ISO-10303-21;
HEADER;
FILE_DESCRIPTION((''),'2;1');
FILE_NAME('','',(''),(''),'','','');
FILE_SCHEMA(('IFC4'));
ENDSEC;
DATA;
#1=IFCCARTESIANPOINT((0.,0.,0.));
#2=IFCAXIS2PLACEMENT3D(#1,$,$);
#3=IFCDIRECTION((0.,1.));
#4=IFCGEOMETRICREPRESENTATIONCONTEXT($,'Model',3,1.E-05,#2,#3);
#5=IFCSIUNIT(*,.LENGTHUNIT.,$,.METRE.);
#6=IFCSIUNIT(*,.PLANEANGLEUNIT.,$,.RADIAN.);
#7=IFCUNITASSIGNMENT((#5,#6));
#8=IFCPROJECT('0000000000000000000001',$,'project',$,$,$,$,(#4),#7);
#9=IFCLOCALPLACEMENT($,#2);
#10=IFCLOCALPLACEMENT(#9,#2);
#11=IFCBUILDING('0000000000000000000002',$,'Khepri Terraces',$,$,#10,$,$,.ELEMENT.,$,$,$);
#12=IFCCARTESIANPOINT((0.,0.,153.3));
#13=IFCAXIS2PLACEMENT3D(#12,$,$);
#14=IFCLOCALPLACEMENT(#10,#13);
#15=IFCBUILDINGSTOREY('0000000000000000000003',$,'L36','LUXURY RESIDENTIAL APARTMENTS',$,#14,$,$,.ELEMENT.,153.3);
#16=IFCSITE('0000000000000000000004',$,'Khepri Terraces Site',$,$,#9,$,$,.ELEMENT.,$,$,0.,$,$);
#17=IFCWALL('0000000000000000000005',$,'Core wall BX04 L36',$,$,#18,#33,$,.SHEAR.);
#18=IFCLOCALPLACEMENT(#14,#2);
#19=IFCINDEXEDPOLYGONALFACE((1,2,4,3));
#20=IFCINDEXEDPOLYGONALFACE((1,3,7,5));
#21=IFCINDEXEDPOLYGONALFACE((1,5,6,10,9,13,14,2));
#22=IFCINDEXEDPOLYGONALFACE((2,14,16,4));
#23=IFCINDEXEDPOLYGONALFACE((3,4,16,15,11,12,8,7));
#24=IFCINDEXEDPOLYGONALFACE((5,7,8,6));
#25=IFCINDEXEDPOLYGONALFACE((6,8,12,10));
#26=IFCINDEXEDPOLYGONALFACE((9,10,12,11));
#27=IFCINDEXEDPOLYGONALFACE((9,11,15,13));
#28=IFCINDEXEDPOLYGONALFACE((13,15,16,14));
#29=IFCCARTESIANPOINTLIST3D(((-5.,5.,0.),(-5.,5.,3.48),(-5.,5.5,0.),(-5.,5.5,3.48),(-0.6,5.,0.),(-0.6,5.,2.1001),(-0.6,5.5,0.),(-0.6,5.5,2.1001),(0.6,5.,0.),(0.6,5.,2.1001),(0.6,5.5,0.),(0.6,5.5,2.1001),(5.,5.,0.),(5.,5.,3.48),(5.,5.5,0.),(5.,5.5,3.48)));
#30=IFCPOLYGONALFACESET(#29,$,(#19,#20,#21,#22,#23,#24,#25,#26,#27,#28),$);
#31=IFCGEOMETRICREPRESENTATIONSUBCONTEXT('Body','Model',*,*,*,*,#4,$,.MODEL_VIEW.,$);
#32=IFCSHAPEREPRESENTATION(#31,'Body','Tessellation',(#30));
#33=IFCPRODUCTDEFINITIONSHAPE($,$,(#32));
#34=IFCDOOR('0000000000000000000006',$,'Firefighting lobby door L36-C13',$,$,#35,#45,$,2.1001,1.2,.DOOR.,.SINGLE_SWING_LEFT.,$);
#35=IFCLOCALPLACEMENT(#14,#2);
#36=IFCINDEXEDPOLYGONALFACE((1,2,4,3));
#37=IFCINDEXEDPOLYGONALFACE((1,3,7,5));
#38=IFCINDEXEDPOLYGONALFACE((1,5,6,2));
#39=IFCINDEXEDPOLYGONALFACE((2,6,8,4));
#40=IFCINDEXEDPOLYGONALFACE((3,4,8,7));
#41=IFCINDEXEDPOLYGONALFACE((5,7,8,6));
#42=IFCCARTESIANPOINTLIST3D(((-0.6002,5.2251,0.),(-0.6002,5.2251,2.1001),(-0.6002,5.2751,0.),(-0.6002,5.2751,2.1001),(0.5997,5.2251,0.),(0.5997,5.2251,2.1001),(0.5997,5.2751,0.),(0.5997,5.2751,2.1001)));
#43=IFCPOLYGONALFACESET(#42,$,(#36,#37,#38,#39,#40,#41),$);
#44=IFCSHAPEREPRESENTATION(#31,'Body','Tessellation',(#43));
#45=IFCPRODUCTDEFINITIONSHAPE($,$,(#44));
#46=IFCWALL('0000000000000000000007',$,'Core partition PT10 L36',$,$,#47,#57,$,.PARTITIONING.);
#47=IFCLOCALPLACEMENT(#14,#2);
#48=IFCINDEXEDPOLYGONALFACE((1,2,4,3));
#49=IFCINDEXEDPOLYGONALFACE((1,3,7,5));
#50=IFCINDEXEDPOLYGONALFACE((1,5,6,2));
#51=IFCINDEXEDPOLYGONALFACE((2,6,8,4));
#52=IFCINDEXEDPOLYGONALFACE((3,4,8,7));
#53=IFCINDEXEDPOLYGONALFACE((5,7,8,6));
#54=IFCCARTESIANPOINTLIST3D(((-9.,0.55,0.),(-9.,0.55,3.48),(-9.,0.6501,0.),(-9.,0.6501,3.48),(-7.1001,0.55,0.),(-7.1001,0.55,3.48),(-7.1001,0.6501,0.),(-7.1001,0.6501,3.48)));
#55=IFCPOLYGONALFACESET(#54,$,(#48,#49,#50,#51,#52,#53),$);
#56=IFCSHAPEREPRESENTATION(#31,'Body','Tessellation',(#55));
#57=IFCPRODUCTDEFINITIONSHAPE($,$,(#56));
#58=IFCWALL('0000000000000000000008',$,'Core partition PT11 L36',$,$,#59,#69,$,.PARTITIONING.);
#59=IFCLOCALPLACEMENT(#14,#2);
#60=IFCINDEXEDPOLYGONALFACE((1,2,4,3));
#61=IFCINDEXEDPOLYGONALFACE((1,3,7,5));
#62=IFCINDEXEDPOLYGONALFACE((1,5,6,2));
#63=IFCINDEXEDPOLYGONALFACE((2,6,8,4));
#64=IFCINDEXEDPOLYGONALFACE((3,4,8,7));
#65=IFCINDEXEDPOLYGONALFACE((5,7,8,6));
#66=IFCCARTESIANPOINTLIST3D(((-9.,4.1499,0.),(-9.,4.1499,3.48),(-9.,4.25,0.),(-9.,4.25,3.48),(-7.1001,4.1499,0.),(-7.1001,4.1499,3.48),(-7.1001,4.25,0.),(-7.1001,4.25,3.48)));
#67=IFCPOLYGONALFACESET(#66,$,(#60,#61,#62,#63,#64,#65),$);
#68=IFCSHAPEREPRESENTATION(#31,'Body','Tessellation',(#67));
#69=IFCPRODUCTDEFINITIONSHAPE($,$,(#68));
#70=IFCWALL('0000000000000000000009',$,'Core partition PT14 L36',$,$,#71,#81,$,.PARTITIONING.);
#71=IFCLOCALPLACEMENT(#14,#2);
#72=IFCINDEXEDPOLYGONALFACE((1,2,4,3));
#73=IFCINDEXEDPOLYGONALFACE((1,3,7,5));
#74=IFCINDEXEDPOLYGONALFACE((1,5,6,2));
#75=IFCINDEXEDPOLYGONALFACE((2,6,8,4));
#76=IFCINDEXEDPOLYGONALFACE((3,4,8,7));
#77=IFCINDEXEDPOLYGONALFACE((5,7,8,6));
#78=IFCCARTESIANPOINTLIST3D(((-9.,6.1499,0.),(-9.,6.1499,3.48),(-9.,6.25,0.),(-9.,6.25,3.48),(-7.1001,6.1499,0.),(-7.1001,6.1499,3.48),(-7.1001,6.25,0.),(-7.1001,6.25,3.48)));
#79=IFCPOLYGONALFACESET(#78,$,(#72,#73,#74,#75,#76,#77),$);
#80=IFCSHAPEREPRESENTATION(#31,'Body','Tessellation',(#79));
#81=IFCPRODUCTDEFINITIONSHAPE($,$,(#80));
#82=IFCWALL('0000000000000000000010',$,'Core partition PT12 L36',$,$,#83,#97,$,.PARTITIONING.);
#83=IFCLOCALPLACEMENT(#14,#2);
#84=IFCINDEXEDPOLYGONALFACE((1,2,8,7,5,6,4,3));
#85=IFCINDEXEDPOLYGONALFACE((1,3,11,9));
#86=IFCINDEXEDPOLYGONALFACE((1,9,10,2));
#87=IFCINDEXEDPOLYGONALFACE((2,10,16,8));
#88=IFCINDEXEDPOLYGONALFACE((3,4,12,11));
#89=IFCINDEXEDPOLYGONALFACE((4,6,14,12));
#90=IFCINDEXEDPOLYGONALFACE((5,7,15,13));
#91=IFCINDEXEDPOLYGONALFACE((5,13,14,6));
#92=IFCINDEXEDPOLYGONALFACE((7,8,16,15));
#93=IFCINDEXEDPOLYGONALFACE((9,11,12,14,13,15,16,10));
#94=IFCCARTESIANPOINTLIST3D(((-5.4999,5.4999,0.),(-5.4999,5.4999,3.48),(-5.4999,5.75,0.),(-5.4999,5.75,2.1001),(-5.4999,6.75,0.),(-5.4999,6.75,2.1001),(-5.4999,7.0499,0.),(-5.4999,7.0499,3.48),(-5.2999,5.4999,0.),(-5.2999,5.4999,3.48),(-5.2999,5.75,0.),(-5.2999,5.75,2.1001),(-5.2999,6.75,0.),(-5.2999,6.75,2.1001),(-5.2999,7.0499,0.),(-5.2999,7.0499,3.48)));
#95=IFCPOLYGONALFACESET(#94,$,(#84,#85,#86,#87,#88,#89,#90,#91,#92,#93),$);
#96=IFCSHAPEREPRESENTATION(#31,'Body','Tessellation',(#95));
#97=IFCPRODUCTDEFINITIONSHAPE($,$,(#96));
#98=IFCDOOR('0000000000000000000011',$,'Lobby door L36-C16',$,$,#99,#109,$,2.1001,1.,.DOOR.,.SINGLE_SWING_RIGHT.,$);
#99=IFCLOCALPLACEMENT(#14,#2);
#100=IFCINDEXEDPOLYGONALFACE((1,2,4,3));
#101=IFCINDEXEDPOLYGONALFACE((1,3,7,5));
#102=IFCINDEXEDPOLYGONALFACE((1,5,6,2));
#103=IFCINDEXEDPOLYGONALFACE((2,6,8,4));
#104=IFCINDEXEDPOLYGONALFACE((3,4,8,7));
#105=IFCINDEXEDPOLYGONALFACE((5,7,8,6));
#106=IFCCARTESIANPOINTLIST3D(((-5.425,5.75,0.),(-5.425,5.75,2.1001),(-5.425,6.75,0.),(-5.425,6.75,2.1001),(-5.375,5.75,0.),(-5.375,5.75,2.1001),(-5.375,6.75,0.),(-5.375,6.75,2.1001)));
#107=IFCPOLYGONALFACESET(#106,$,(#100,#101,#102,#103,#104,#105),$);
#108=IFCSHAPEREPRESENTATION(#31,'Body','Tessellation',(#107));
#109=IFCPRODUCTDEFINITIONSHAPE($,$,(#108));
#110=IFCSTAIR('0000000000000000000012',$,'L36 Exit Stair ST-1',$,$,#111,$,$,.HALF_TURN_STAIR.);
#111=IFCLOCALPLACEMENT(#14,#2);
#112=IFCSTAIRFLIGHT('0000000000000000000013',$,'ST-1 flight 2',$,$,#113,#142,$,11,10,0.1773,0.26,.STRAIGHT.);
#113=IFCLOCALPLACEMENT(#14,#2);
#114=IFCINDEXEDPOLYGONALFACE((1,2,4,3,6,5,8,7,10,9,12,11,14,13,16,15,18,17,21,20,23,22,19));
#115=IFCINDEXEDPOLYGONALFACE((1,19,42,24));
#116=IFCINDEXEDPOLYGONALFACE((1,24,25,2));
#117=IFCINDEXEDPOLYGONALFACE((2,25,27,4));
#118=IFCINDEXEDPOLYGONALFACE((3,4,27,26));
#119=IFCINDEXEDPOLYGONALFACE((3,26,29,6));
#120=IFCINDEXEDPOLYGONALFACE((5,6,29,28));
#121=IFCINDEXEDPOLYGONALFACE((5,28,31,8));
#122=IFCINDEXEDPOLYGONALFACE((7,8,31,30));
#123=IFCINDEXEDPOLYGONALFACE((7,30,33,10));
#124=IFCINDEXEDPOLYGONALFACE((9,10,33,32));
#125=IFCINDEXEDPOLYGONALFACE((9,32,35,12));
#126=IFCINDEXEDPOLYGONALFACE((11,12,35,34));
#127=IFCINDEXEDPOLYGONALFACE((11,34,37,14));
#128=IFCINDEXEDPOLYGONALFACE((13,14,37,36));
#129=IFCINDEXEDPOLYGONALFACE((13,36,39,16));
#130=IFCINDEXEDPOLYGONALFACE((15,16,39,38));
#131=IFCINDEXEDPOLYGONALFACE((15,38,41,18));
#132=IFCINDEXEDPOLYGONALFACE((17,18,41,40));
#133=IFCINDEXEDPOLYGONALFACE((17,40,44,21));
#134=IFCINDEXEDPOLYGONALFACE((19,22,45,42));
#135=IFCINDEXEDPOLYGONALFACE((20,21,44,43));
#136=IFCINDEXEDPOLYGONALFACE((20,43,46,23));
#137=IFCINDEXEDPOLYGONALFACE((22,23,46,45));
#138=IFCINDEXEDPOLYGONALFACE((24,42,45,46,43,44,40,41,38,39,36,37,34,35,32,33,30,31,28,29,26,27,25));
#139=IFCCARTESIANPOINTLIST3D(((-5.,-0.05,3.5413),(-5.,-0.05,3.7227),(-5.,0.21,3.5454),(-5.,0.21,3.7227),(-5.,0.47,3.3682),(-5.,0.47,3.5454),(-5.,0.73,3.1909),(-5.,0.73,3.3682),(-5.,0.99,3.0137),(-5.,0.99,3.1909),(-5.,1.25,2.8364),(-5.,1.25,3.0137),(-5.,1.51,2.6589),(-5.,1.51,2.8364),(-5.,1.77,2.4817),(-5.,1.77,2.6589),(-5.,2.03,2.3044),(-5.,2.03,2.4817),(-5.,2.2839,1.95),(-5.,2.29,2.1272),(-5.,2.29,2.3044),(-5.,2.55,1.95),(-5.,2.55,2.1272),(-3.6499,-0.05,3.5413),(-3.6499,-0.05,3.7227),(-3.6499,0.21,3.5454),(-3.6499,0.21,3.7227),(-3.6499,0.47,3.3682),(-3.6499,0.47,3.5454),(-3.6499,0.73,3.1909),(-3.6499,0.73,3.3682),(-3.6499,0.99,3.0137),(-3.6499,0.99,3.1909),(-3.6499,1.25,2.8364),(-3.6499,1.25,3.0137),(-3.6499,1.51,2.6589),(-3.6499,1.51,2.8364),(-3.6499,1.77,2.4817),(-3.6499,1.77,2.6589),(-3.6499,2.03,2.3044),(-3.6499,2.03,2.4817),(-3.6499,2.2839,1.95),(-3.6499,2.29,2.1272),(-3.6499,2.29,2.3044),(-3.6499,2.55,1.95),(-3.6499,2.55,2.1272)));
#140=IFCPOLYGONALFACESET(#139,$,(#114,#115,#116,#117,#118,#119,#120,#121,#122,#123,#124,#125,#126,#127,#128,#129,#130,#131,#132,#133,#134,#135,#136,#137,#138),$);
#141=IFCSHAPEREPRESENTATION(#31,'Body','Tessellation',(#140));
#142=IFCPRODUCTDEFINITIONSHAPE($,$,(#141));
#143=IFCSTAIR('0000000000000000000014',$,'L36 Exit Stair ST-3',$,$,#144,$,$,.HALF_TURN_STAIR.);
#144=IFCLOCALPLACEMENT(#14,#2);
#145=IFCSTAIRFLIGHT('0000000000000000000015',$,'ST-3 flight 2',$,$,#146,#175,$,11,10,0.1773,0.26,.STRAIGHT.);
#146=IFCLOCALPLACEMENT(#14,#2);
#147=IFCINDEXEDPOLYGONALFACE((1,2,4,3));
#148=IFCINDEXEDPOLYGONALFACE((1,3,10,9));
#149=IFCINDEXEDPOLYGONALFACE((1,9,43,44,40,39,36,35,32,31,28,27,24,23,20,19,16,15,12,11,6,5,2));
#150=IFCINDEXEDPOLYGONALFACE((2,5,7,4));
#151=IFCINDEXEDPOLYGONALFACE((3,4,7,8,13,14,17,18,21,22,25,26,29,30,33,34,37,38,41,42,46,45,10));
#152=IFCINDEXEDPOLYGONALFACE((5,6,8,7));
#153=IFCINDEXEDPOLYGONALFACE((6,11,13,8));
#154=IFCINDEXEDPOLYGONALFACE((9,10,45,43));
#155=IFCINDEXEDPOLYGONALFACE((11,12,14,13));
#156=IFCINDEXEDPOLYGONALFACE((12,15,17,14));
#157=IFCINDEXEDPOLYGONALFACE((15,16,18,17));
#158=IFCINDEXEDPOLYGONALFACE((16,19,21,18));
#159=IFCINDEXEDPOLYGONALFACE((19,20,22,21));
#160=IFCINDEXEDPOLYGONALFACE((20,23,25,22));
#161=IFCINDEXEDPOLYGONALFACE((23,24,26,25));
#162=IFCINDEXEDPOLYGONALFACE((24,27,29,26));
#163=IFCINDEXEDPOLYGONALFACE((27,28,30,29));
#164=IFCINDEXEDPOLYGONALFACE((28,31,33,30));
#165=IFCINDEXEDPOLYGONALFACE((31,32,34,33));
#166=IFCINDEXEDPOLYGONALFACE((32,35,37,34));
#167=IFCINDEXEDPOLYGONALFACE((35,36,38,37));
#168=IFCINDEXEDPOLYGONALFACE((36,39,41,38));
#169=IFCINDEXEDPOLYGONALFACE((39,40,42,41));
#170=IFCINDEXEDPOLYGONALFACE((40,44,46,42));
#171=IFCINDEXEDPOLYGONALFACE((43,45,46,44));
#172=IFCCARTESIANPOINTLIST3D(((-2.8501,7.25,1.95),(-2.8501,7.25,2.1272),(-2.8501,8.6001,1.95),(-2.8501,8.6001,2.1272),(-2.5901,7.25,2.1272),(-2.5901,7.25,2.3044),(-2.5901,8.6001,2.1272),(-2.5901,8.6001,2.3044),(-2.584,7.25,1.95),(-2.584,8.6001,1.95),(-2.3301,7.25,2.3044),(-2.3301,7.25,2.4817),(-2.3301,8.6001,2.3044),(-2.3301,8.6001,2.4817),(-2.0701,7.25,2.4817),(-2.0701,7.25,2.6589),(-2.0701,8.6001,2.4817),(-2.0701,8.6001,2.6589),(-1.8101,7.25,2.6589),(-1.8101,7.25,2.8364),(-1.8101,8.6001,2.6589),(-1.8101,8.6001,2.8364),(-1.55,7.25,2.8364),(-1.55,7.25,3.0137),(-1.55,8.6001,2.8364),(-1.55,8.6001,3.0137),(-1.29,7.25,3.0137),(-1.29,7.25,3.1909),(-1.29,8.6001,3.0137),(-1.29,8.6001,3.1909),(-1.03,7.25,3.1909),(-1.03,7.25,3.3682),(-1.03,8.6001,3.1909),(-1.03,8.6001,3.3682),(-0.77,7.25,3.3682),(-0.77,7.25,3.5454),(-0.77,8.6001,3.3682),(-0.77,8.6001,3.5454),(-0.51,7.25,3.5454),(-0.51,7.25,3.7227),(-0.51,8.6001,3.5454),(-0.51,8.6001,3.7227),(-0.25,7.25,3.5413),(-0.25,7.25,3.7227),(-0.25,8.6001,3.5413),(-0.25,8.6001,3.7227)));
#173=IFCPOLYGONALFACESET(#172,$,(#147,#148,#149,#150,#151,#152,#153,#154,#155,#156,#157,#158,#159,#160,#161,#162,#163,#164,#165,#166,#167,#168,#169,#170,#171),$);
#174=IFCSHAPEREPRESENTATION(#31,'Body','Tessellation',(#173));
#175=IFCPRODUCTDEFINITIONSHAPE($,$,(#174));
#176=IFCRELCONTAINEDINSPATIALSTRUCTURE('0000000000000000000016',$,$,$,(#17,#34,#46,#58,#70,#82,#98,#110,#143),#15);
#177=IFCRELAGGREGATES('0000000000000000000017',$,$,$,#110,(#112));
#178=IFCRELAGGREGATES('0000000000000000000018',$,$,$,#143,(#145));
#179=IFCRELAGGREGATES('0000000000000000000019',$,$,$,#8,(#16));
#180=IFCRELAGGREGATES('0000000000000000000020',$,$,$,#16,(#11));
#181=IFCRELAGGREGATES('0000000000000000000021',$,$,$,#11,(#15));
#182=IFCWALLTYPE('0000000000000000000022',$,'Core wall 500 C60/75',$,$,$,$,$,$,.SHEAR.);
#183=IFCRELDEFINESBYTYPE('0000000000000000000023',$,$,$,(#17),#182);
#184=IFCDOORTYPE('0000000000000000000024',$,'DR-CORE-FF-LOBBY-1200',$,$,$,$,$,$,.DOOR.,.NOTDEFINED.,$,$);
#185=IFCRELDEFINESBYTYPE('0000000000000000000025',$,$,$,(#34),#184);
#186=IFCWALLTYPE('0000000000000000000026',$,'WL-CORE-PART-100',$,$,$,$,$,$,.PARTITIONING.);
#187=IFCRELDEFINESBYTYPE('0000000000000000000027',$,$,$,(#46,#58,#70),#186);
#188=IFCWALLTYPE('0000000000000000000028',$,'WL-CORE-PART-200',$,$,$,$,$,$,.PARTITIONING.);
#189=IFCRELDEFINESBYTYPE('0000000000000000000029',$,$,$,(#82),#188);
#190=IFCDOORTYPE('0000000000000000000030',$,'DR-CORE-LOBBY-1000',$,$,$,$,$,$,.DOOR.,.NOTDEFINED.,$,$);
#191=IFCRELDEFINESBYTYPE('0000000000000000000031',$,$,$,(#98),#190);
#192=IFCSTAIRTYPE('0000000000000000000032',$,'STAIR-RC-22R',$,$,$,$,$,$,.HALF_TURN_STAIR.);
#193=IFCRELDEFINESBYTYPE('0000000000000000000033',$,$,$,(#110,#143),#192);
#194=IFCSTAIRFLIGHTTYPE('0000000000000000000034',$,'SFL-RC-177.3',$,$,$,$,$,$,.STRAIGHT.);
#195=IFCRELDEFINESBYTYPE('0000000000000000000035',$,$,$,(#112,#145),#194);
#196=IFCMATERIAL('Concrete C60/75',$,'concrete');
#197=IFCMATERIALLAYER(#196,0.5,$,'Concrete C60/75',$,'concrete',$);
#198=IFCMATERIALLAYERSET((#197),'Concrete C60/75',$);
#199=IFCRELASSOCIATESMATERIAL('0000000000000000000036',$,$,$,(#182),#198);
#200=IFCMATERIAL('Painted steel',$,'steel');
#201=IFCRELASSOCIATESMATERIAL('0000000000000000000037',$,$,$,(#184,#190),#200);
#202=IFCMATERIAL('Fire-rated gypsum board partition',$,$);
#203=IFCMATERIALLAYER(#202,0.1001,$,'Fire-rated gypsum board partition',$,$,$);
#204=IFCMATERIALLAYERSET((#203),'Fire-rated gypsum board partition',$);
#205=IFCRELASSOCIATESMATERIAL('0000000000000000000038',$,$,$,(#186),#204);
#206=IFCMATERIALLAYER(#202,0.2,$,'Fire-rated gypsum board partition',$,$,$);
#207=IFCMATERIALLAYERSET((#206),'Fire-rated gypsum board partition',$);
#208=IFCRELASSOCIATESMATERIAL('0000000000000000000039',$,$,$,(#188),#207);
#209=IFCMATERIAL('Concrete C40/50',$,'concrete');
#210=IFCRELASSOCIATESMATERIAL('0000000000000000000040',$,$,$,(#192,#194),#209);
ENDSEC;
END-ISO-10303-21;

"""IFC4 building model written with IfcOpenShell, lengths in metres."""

from ifc_helpers import new_model, si_unit, direction, frame, frame_2d, origin, place, context, subcontext, project, spatial, polyline, rectangle, outline, extrude, material, layer, layer_set, type_object, element, fill, aggregate, save


model = new_model("IFC4")

# Units and contexts
model_context = context("Model", 3, precision=1e-05, world=origin(), true_north=direction((0.0, 1.0)))
body_context = subcontext(model_context, "Body", "Model", "MODEL_VIEW")
ifc_project = project(units=[si_unit("LENGTHUNIT", "METRE"), si_unit("PLANEANGLEUNIT", "RADIAN")], contexts=[model_context])

# Site, building, storey
site_placement = place(None, origin())
site = spatial("IfcSite", under=ifc_project, at=site_placement, Name="Khepri Terraces Site", CompositionType="ELEMENT", RefElevation=0.0)
building_placement = place(site_placement, origin())
building = spatial("IfcBuilding", under=site, at=building_placement, Name="Khepri Terraces", CompositionType="ELEMENT")
storey_placement = place(building_placement, frame((0.0, 0.0, 153.3)))
storey = spatial("IfcBuildingStorey", under=building, at=storey_placement, Name="L36", Description="LUXURY RESIDENTIAL APARTMENTS", CompositionType="ELEMENT", Elevation=153.3)

# Shared definitions
ifc_material_1 = material(Name="Concrete C40/50", Category="concrete")

# Shared definitions
ifc_material_2 = material(Name="Concrete C60/75", Category="concrete")

# Wall, opening, door
ifc_layer_1 = layer(ifc_material_2, 0.5, Name="Concrete C60/75", Category="concrete")
ifc_layer_set_1 = layer_set([ifc_layer_1], Name="Concrete C60/75")
wall_type_1 = type_object("IfcWallType", Name="Core wall 500 C60/75", PredefinedType="SHEAR", material=ifc_layer_set_1)
wall_1_placement = place(storey_placement, frame((-5.0, 5.25, 0.0), z_axis=(0.0, 0.0, 1.0), x_axis=(1.0, 0.0, 0.0)))
wall_1 = element("IfcWall", 1, at=wall_1_placement, inside=storey, type_object=wall_type_1, Name="Core wall BX04 L36", PredefinedType="SHEAR", context=body_context, shape_type="SweptSolid", body=[
    extrude(rectangle(XDim=10.0, YDim=0.5, at=frame_2d((5.0, 0.0))), origin(), (0.0, 0.0, 1.0), 3.48),
])
opening_1_placement = place(wall_1_placement, frame((4.3999, 0.0, 0.0)))
opening_1 = element("IfcOpeningElement", 2, at=opening_1_placement, cuts=wall_1, PredefinedType="OPENING", context=body_context, shape_type="SweptSolid", body=[
    extrude(rectangle(XDim=1.2, YDim=2.1001, at=frame_2d((0.6001, 1.05))), frame((0.0, 0.26, 0.0), z_axis=(0.0, -1.0, 0.0), x_axis=(1.0, 0.0, 0.0)), (0.0, 0.0, 1.0), 0.52),
])
ifc_material_3 = material(Name="Painted steel", Category="steel")
door_type_1 = type_object("IfcDoorType", Name="DR-CORE-FF-LOBBY-1200", OperationType="NOTDEFINED", PredefinedType="DOOR", material=ifc_material_3)
door_1_placement = place(opening_1_placement, frame((1.2, 0.0, 0.0), z_axis=(0.0, 0.0, 1.0), x_axis=(-1.0, 0.0, 0.0)))
door_1 = element("IfcDoor", 3, at=door_1_placement, inside=storey, type_object=door_type_1, Name="Firefighting lobby door L36-C13", OperationType="SINGLE_SWING_LEFT", OverallHeight=2.1001, OverallWidth=1.2, PredefinedType="DOOR", context=body_context, shape_type="SweptSolid", body=[
    extrude(rectangle(XDim=1.2, YDim=2.1001, at=frame_2d((0.6001, 1.05))), frame((0.0, 0.0249, 0.0), z_axis=(0.0, -1.0, 0.0), x_axis=(1.0, 0.0, 0.0)), (0.0, 0.0, 1.0), 0.05),
])
fill(opening_1, door_1)

# Walls
ifc_material_4 = material(Name="Fire-rated gypsum board partition")
ifc_layer_2 = layer(ifc_material_4, 0.1001, Name="Fire-rated gypsum board partition")
ifc_layer_set_2 = layer_set([ifc_layer_2], Name="Fire-rated gypsum board partition")
wall_type_2 = type_object("IfcWallType", Name="WL-CORE-PART-100", PredefinedType="PARTITIONING", material=ifc_layer_set_2)
for number, where, z_axis, x_axis, name in (
    (4, (-9.0, 0.6001, 0.0), (0.0, 0.0, 1.0), (1.0, 0.0, 0.0), "Core partition PT10 L36"),
    (5, (-9.0, 4.2, 0.0), (0.0, 0.0, 1.0), (1.0, 0.0, 0.0), "Core partition PT11 L36"),
    (6, (-9.0, 6.2, 0.0), (0.0, 0.0, 1.0), (1.0, 0.0, 0.0), "Core partition PT14 L36"),
):
    element("IfcWall", number, at=place(storey_placement, frame(where, z_axis=z_axis, x_axis=x_axis)), inside=storey, type_object=wall_type_2, Name=name, PredefinedType="PARTITIONING", context=body_context, shape_type="SweptSolid", body=[
        extrude(rectangle(XDim=1.8999, YDim=0.1001, at=frame_2d((0.95, 0.0))), origin(), (0.0, 0.0, 1.0), 3.48),
    ])

# Wall, opening, door
ifc_layer_3 = layer(ifc_material_4, 0.2, Name="Fire-rated gypsum board partition")
ifc_layer_set_3 = layer_set([ifc_layer_3], Name="Fire-rated gypsum board partition")
wall_type_3 = type_object("IfcWallType", Name="WL-CORE-PART-200", PredefinedType="PARTITIONING", material=ifc_layer_set_3)
wall_2_placement = place(storey_placement, frame((-5.3999, 5.5, 0.0), z_axis=(0.0, 0.0, 1.0), x_axis=(0.0, 1.0, 0.0)))
wall_2 = element("IfcWall", 7, at=wall_2_placement, inside=storey, type_object=wall_type_3, Name="Core partition PT12 L36", PredefinedType="PARTITIONING", context=body_context, shape_type="SweptSolid", body=[
    extrude(rectangle(XDim=1.55, YDim=0.2, at=frame_2d((0.7749, 0.0))), origin(), (0.0, 0.0, 1.0), 3.48),
])
opening_2_placement = place(wall_2_placement, frame((0.25, 0.0, 0.0)))
opening_2 = element("IfcOpeningElement", 8, at=opening_2_placement, cuts=wall_2, PredefinedType="OPENING", context=body_context, shape_type="SweptSolid", body=[
    extrude(rectangle(XDim=1.0, YDim=2.1001, at=frame_2d((0.5, 1.05))), frame((0.0, 0.1099, 0.0), z_axis=(0.0, -1.0, 0.0), x_axis=(1.0, 0.0, 0.0)), (0.0, 0.0, 1.0), 0.22),
])
door_type_2 = type_object("IfcDoorType", Name="DR-CORE-LOBBY-1000", OperationType="NOTDEFINED", PredefinedType="DOOR", material=ifc_material_3)
door_2_placement = place(opening_2_placement, frame((1.0, 0.0, 0.0), z_axis=(0.0, 0.0, 1.0), x_axis=(-1.0, 0.0, 0.0)))
door_2 = element("IfcDoor", 9, at=door_2_placement, inside=storey, type_object=door_type_2, Name="Lobby door L36-C16", OperationType="SINGLE_SWING_RIGHT", OverallHeight=2.1001, OverallWidth=1.0, PredefinedType="DOOR", context=body_context, shape_type="SweptSolid", body=[
    extrude(rectangle(XDim=1.0, YDim=2.1001, at=frame_2d((0.5, 1.05))), frame((0.0, 0.0249, 0.0), z_axis=(0.0, -1.0, 0.0), x_axis=(1.0, 0.0, 0.0)), (0.0, 0.0, 1.0), 0.05),
])
fill(opening_2, door_2)

# Stairs, stair flights
stair_type = type_object("IfcStairType", Name="STAIR-RC-22R", PredefinedType="HALF_TURN_STAIR", material=ifc_material_1)
stair_1_placement = place(storey_placement, origin())
stair_1 = element("IfcStair", 10, at=stair_1_placement, inside=storey, type_object=stair_type, Name="L36 Exit Stair ST-1", PredefinedType="HALF_TURN_STAIR")
stair_flight_type = type_object("IfcStairFlightType", Name="SFL-RC-177.3", PredefinedType="STRAIGHT", material=ifc_material_1)
stair_flight_1_placement = place(storey_placement, frame((-4.325, 2.55, 1.95), z_axis=(0.0, 0.0, 1.0), x_axis=(0.0, -1.0, 0.0)))
stair_flight_1 = element("IfcStairFlight", 11, at=stair_flight_1_placement, type_object=stair_flight_type, Name="ST-1 flight 2", NumberOfRisers=11, NumberOfTreads=10, PredefinedType="STRAIGHT", RiserHeight=0.1773, TreadLength=0.26, context=body_context, shape_type="SweptSolid", body=[
    extrude(outline(polyline([(0.0, 0.0), (0.0, 0.1772), (0.26, 0.1772), (0.26, 0.3545), (0.52, 0.3545), (0.52, 0.5317), (0.78, 0.5317), (0.78, 0.709), (1.04, 0.709), (1.04, 0.8865), (1.3, 0.8865), (1.3, 1.0637), (1.5601, 1.0637), (1.5601, 1.241), (1.8201, 1.241), (1.8201, 1.4182), (2.0801, 1.4182), (2.0801, 1.5955), (2.3401, 1.5955), (2.3401, 1.7727), (2.6001, 1.7727), (2.6001, 1.95), (2.6001, 1.5913), (0.2661, 0.0), (0.0, 0.0)])), frame((0.0, 0.675, 0.0), z_axis=(0.0, -1.0, 0.0), x_axis=(1.0, 0.0, 0.0)), (0.0, 0.0, 1.0), 1.3501),
])
aggregate(stair_1, [stair_flight_1])
stair_2_placement = place(storey_placement, origin())
stair_2 = element("IfcStair", 12, at=stair_2_placement, inside=storey, type_object=stair_type, Name="L36 Exit Stair ST-3", PredefinedType="HALF_TURN_STAIR")
stair_flight_2_placement = place(storey_placement, frame((-2.8501, 7.925, 1.95), z_axis=(0.0, 0.0, 1.0), x_axis=(1.0, 0.0, 0.0)))
stair_flight_2 = element("IfcStairFlight", 13, at=stair_flight_2_placement, type_object=stair_flight_type, Name="ST-3 flight 2", NumberOfRisers=11, NumberOfTreads=10, PredefinedType="STRAIGHT", RiserHeight=0.1773, TreadLength=0.26, context=body_context, shape_type="SweptSolid", body=[
    extrude(outline(polyline([(0.0, 0.0), (0.0, 0.1772), (0.26, 0.1772), (0.26, 0.3545), (0.52, 0.3545), (0.52, 0.5317), (0.78, 0.5317), (0.78, 0.709), (1.04, 0.709), (1.04, 0.8865), (1.3, 0.8865), (1.3, 1.0637), (1.5601, 1.0637), (1.5601, 1.241), (1.8201, 1.241), (1.8201, 1.4182), (2.0801, 1.4182), (2.0801, 1.5955), (2.3401, 1.5955), (2.3401, 1.7727), (2.6001, 1.7727), (2.6001, 1.95), (2.6001, 1.5913), (0.2661, 0.0), (0.0, 0.0)])), frame((0.0, 0.675, 0.0), z_axis=(0.0, -1.0, 0.0), x_axis=(1.0, 0.0, 0.0)), (0.0, 0.0, 1.0), 1.3501),
])
aggregate(stair_2, [stair_flight_2])

save(model, "model.ifc")
